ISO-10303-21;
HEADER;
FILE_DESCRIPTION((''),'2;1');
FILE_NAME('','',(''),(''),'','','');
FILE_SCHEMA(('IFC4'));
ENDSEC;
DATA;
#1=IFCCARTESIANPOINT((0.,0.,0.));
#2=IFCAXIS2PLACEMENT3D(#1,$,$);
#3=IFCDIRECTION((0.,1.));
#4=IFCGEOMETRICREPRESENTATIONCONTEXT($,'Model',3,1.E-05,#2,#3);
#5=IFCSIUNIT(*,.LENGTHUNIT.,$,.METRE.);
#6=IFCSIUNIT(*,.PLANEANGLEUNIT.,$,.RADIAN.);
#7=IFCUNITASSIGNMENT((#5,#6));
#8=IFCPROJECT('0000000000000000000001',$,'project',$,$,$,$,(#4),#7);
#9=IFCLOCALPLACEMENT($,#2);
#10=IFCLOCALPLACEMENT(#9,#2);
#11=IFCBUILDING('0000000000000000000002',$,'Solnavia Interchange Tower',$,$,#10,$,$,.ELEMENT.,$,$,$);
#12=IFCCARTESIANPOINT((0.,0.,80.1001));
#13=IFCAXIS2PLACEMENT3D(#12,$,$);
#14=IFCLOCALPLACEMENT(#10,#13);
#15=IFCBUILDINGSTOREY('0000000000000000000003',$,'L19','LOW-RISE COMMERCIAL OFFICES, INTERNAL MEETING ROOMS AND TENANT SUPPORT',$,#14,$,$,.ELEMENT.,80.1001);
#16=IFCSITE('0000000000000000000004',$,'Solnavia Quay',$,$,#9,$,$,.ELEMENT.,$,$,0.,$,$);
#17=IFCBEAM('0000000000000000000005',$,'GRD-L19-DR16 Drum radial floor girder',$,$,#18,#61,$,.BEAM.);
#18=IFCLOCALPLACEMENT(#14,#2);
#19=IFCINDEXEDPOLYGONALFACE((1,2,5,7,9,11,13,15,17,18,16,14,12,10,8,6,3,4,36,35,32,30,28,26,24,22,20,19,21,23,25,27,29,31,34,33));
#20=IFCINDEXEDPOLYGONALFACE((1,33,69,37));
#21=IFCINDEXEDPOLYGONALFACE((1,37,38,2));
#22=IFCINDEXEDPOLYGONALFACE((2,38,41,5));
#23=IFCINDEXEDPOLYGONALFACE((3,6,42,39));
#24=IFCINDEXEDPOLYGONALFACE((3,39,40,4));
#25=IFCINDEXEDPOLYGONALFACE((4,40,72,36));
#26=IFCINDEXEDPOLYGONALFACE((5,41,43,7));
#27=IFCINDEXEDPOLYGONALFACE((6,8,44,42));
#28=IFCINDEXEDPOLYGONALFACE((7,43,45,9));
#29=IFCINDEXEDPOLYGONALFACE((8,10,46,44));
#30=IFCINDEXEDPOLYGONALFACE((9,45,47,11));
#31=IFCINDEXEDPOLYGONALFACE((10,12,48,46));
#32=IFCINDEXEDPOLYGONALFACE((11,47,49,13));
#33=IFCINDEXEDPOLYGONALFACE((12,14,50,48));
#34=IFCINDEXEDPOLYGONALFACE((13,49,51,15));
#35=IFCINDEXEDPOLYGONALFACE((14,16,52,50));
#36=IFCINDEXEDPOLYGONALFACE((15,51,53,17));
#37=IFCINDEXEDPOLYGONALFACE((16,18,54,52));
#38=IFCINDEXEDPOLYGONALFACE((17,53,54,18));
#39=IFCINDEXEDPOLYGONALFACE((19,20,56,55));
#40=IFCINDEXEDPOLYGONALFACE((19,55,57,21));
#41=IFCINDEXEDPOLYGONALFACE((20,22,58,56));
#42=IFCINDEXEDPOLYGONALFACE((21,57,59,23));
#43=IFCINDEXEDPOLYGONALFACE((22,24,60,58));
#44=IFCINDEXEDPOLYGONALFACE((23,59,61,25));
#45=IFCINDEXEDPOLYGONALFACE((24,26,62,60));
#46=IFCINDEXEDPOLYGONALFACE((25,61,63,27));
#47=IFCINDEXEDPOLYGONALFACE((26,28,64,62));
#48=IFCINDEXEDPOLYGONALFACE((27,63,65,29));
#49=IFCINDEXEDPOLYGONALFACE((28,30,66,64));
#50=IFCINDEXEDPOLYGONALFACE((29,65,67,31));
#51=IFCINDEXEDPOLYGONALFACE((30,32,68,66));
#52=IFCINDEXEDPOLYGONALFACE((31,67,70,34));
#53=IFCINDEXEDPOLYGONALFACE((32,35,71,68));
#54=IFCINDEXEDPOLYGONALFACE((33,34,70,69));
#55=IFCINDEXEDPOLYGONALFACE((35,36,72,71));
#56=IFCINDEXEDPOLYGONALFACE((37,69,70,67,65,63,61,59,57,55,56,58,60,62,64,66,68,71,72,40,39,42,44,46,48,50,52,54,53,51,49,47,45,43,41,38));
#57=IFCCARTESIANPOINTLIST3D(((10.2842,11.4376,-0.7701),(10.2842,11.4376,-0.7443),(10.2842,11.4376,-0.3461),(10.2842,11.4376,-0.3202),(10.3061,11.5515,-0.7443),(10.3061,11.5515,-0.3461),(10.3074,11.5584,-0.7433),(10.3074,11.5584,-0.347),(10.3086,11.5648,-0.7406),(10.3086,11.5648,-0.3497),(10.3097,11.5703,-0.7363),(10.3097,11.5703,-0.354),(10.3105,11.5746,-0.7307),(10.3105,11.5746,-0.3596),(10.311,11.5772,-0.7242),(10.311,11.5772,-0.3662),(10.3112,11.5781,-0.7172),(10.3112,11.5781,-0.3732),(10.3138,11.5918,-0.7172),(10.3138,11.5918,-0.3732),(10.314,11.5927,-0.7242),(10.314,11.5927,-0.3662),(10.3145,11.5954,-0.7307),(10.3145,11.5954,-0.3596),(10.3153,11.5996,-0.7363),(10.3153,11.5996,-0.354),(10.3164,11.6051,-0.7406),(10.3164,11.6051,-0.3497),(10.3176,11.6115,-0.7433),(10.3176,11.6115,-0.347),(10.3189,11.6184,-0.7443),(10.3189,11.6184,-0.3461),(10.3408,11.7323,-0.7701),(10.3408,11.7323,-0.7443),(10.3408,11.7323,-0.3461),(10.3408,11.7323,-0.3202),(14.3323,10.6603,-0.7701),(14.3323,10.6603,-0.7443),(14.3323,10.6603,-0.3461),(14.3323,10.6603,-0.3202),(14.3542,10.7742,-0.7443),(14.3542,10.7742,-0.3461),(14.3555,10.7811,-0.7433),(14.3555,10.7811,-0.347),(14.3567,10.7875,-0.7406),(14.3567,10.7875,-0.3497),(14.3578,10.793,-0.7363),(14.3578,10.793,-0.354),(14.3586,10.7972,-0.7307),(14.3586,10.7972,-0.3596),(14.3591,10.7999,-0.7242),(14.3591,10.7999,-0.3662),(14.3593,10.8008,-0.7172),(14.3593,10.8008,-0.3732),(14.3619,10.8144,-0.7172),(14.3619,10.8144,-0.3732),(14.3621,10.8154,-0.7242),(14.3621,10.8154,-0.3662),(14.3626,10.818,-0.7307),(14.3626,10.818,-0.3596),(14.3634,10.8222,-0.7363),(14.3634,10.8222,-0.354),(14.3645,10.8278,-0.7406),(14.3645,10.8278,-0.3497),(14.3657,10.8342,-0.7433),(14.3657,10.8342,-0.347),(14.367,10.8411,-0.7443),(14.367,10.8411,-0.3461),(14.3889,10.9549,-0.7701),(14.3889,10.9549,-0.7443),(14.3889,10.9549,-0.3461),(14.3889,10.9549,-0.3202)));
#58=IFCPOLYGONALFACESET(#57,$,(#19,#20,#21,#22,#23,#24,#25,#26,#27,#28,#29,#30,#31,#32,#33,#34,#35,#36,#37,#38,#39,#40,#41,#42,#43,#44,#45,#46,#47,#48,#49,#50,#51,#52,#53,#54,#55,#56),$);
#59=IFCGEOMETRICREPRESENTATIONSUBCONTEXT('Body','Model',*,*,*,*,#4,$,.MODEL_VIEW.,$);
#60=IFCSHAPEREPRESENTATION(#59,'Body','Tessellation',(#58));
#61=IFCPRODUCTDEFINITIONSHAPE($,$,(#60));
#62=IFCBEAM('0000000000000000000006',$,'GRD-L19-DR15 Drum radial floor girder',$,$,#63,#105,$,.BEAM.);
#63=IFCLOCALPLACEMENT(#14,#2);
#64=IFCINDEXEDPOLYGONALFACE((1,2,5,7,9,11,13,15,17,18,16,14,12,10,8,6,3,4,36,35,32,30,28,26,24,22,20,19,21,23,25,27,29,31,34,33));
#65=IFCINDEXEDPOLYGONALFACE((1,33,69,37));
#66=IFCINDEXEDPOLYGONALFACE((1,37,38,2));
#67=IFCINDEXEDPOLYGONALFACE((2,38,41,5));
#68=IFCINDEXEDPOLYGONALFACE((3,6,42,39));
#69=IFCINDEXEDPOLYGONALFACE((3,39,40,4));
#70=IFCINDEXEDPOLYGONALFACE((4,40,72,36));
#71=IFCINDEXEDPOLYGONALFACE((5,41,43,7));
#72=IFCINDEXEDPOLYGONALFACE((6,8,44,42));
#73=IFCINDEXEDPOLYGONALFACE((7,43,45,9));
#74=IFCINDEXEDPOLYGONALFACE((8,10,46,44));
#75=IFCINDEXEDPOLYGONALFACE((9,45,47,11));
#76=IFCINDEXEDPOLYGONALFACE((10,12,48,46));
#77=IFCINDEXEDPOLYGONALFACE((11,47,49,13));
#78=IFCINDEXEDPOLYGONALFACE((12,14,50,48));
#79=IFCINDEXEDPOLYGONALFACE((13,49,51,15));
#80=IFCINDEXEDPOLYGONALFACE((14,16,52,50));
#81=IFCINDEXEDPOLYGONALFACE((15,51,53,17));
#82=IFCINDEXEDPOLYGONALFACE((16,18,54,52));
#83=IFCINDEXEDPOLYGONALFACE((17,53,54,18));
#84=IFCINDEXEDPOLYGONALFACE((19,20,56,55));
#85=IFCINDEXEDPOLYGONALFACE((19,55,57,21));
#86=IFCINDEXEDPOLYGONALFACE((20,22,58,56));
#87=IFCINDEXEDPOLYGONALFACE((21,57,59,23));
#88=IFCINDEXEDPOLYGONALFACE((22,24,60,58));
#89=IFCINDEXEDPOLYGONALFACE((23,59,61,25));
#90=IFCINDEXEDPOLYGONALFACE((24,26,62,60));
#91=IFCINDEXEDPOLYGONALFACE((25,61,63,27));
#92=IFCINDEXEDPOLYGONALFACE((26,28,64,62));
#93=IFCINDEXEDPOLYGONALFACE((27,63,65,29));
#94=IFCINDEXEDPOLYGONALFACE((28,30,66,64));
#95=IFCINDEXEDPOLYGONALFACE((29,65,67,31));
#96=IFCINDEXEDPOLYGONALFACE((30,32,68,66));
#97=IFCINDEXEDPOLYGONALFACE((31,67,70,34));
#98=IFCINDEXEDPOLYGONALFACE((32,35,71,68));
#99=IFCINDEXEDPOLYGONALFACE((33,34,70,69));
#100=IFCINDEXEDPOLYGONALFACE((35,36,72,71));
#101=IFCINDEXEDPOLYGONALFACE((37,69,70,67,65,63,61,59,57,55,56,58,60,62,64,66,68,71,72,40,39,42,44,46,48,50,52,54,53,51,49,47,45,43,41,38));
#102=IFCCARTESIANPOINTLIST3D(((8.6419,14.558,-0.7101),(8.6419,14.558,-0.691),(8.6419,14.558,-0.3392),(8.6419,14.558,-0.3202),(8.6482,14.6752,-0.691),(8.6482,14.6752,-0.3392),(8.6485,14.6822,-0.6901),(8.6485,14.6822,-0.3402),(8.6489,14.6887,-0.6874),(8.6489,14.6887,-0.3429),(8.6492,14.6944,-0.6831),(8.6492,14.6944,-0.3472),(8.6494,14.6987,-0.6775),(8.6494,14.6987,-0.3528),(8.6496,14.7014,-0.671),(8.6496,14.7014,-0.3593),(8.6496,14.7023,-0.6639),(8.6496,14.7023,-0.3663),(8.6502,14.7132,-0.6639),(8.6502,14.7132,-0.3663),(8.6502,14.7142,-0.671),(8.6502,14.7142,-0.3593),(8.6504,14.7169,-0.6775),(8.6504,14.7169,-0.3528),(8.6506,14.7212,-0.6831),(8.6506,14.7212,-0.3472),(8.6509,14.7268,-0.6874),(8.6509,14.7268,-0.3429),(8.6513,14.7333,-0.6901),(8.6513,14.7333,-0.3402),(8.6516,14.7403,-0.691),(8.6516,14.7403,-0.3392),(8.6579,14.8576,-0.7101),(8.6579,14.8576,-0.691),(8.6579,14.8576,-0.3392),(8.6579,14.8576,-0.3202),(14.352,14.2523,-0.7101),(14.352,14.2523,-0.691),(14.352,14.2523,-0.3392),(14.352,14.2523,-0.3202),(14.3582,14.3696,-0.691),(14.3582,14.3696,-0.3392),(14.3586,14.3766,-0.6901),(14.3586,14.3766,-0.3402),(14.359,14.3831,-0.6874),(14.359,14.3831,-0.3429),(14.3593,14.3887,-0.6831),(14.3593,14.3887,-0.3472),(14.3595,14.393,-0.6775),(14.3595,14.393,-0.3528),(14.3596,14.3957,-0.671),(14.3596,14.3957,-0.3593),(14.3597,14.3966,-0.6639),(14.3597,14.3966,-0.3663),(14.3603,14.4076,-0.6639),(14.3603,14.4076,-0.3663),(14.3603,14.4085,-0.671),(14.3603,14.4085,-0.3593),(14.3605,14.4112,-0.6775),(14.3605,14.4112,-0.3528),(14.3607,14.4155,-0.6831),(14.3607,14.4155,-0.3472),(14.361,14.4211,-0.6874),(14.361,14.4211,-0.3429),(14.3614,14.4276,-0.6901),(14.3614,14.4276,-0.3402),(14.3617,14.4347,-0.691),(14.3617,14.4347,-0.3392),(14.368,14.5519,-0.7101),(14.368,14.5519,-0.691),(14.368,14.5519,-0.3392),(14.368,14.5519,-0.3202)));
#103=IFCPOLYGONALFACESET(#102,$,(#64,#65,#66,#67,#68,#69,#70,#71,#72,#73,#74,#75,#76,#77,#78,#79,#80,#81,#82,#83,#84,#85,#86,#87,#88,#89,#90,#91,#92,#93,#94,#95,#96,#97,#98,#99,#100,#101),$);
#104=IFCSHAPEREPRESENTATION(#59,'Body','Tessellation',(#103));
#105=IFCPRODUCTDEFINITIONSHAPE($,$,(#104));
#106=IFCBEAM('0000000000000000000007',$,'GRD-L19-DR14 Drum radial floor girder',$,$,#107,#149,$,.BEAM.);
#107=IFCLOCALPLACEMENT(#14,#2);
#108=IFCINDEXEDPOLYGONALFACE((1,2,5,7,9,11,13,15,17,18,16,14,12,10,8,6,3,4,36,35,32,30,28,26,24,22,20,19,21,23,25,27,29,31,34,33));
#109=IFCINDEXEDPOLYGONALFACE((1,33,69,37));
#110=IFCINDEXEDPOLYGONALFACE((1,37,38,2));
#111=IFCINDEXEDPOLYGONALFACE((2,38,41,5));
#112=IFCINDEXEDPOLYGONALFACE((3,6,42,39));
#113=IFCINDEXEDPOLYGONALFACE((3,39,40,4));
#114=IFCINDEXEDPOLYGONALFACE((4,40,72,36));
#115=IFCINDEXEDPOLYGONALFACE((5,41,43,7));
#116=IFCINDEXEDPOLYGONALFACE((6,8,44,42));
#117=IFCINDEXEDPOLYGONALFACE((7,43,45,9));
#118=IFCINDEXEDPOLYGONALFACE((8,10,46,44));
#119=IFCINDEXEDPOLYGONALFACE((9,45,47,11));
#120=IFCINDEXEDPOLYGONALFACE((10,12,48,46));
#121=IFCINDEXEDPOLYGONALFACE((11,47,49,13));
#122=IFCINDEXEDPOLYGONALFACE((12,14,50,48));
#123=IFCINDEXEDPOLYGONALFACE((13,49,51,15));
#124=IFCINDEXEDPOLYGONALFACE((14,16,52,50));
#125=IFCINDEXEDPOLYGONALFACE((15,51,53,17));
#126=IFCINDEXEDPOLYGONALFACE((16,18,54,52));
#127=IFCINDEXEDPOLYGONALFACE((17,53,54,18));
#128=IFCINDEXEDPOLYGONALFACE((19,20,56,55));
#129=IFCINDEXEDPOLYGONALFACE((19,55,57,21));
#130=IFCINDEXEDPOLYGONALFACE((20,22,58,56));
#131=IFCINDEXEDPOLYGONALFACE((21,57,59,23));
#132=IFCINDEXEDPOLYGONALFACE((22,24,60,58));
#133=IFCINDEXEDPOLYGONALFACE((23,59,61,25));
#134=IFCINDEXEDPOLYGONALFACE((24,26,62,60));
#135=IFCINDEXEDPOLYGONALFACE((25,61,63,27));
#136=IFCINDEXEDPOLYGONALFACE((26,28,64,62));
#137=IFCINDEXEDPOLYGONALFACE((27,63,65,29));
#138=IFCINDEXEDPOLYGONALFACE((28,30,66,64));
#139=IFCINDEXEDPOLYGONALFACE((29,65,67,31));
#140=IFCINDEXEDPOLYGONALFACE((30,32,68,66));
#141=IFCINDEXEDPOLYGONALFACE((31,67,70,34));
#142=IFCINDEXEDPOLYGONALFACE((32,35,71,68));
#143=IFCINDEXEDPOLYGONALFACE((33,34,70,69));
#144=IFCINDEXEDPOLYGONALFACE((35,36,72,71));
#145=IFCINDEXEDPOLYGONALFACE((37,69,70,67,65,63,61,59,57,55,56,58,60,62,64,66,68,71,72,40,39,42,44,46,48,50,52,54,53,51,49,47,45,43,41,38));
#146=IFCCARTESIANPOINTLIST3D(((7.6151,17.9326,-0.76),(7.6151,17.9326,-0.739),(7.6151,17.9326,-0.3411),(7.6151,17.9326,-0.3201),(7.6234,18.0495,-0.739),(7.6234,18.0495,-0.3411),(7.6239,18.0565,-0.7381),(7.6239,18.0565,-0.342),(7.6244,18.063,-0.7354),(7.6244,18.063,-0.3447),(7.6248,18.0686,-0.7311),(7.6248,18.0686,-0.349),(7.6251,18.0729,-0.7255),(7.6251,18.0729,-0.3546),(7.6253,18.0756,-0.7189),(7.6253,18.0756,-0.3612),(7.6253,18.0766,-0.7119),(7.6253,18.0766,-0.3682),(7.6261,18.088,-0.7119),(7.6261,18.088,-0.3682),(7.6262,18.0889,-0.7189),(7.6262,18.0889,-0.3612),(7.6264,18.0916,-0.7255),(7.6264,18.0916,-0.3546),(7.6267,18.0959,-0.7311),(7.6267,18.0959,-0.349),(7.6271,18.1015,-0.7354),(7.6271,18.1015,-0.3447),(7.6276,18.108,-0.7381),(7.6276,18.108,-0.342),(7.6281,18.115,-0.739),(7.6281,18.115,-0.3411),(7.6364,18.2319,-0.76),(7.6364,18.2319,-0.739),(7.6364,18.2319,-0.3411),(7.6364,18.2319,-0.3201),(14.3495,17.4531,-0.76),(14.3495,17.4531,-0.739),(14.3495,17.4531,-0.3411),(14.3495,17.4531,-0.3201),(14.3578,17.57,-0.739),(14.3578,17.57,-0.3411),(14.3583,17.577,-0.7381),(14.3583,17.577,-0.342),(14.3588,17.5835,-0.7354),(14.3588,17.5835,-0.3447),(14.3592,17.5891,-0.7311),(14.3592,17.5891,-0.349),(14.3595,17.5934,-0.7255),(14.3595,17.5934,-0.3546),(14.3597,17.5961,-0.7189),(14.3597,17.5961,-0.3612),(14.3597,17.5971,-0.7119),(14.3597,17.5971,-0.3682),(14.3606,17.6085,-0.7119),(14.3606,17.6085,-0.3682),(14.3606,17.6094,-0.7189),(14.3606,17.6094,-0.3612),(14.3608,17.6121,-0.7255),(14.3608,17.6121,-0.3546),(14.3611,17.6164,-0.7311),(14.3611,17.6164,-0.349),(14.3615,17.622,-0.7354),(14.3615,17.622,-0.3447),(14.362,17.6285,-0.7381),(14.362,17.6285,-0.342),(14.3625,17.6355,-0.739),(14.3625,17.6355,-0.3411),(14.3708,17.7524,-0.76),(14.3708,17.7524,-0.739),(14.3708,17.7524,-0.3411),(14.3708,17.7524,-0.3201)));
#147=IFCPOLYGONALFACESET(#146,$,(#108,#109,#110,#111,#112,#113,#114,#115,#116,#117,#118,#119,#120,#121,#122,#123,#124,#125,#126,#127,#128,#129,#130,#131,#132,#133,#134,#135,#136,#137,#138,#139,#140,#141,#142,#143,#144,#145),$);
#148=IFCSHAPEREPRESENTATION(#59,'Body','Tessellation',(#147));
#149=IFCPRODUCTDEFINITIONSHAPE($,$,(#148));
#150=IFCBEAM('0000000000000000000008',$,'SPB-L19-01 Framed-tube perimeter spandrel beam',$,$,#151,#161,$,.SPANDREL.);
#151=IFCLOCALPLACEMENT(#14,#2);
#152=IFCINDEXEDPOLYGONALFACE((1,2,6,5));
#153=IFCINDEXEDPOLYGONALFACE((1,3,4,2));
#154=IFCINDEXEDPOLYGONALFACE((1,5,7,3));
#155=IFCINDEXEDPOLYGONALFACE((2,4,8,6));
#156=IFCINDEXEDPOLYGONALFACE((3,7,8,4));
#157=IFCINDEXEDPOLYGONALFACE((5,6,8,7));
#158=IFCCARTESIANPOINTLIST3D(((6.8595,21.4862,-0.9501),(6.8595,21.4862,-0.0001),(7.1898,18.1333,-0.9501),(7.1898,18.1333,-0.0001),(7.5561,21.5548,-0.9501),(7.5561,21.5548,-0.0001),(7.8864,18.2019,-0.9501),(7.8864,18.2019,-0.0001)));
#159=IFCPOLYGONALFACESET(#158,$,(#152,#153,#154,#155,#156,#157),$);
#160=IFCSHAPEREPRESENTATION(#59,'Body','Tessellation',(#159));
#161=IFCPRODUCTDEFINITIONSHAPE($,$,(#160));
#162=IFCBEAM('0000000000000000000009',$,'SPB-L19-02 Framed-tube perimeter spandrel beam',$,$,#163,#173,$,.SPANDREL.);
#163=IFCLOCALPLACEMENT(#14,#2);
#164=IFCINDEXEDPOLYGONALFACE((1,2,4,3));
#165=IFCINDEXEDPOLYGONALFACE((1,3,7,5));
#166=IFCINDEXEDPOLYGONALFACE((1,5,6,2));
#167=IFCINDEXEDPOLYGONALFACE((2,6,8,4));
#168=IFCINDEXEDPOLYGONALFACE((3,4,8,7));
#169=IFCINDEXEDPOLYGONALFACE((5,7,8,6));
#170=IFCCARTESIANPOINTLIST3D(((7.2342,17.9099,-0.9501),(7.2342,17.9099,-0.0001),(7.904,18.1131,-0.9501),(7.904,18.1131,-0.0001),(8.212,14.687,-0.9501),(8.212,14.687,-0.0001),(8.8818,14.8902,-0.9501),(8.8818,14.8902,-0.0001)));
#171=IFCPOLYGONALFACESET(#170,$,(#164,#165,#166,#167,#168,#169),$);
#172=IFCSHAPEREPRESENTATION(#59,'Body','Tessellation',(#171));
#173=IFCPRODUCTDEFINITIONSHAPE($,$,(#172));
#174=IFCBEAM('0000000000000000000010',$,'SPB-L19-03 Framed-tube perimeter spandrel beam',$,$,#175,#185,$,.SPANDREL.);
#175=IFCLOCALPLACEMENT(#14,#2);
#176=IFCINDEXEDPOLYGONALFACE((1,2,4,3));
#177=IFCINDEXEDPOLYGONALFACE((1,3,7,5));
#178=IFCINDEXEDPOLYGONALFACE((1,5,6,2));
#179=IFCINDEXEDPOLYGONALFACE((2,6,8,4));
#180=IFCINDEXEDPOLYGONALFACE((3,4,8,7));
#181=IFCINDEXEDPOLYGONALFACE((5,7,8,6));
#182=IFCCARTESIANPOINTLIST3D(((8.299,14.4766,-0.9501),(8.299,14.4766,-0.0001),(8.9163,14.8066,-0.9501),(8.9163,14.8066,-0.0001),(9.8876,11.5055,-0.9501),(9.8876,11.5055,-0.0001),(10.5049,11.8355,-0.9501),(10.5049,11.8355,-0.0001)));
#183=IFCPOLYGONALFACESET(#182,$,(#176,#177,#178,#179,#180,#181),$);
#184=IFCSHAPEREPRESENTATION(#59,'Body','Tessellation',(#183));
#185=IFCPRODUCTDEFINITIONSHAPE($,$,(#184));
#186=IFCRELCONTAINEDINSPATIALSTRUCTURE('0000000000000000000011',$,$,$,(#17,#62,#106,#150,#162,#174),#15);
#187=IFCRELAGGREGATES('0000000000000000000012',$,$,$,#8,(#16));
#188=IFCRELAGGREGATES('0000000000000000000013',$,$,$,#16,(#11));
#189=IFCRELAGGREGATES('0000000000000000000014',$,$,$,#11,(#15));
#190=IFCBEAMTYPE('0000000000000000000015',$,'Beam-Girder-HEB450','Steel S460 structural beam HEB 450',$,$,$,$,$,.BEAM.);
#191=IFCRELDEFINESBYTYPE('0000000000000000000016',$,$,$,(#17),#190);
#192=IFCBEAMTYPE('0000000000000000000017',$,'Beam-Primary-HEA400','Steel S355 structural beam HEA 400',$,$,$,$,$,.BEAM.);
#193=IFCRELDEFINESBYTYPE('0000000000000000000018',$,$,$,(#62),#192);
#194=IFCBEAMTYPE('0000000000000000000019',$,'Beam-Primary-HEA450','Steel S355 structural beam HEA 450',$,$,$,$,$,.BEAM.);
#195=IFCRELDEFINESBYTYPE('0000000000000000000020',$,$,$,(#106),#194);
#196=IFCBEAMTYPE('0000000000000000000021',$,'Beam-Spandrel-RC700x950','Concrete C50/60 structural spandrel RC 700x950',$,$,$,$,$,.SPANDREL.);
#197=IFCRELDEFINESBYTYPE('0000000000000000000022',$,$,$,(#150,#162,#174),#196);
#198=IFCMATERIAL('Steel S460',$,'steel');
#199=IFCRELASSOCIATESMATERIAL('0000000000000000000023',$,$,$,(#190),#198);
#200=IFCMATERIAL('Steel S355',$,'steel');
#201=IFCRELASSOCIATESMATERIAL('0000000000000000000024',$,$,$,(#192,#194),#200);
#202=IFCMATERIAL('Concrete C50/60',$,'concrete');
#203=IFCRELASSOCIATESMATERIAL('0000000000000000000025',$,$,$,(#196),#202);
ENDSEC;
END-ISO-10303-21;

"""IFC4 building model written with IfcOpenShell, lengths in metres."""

from ifc_helpers import new_model, si_unit, direction, frame, origin, origin_2d, place, context, subcontext, project, spatial, rectangle, i_section, extrude, material, material_profile, profile_set, type_object, element, save


model = new_model("IFC4")

# Units and contexts
model_context = context("Model", 3, precision=1e-05, world=origin(), true_north=direction((0.0, 1.0)))
body_context = subcontext(model_context, "Body", "Model", "MODEL_VIEW")
ifc_project = project(units=[si_unit("LENGTHUNIT", "METRE"), si_unit("PLANEANGLEUNIT", "RADIAN")], contexts=[model_context])

# Site, building, storey
site_placement = place(None, origin())
site = spatial("IfcSite", under=ifc_project, at=site_placement, Name="Solnavia Quay", CompositionType="ELEMENT", RefElevation=0.0)
building_placement = place(site_placement, origin())
building = spatial("IfcBuilding", under=site, at=building_placement, Name="Solnavia Interchange Tower", CompositionType="ELEMENT")
storey_placement = place(building_placement, frame((0.0, 0.0, 80.1001)))
storey = spatial("IfcBuildingStorey", under=building, at=storey_placement, Name="L19", Description="LOW-RISE COMMERCIAL OFFICES, INTERNAL MEETING ROOMS AND TENANT SUPPORT", CompositionType="ELEMENT", Elevation=80.1001)

# Beams
ifc_material_1 = material(Name="Concrete C50/60", Category="concrete")
ifc_material_2 = material(Name="Steel S460", Category="steel")
ifc_material_profile_1 = material_profile(ifc_material_2, i_section(OverallWidth=0.3, OverallDepth=0.45, WebThickness=0.0139, FlangeThickness=0.0259, FilletRadius=0.0271, at=origin_2d()), Name="HEB 450")
ifc_profile_set_1 = profile_set([ifc_material_profile_1], Name="Steel S460")
beam_type_1 = type_object("IfcBeamType", Name="Beam-Girder-HEB450", Description="Steel S460 structural beam HEB 450", PredefinedType="BEAM", material=ifc_profile_set_1)
beam_1_placement = place(storey_placement, frame((10.3125, 11.585, -0.5452), z_axis=(0.982058, -0.188582, 0.0), x_axis=(0.188582, 0.982058, 0.0)))
element("IfcBeam", 1, at=beam_1_placement, inside=storey, type_object=beam_type_1, Name="GRD-L19-DR16 Drum radial floor girder", PredefinedType="BEAM", context=body_context, shape_type="SweptSolid", body=[
    extrude(i_section(OverallWidth=0.3, OverallDepth=0.45, WebThickness=0.0139, FlangeThickness=0.0259, FilletRadius=0.0271, at=origin_2d()), origin(), (0.0, 0.0, 1.0), 4.1221),
])
ifc_material_3 = material(Name="Steel S355", Category="steel")
ifc_material_profile_2 = material_profile(ifc_material_3, i_section(OverallWidth=0.3, OverallDepth=0.3899, WebThickness=0.011, FlangeThickness=0.019, FilletRadius=0.0271, at=origin_2d()), Name="HEA 400")
ifc_profile_set_2 = profile_set([ifc_material_profile_2], Name="Steel S355")
beam_type_2 = type_object("IfcBeamType", Name="Beam-Primary-HEA400", Description="Steel S355 structural beam HEA 400", PredefinedType="BEAM", material=ifc_profile_set_2)
beam_2_placement = place(storey_placement, frame((8.6499, 14.7078, -0.5151), z_axis=(0.99857, -0.053453, 0.0), x_axis=(0.053453, 0.99857, 0.0)))
element("IfcBeam", 2, at=beam_2_placement, inside=storey, type_object=beam_type_2, Name="GRD-L19-DR15 Drum radial floor girder", PredefinedType="BEAM", context=body_context, shape_type="SweptSolid", body=[
    extrude(i_section(OverallWidth=0.3, OverallDepth=0.3899, WebThickness=0.011, FlangeThickness=0.019, FilletRadius=0.0271, at=origin_2d()), origin(), (0.0, 0.0, 1.0), 5.7183),
])
ifc_material_profile_3 = material_profile(ifc_material_3, i_section(OverallWidth=0.3, OverallDepth=0.4399, WebThickness=0.0115, FlangeThickness=0.021, FilletRadius=0.0271, at=origin_2d()), Name="HEA 450")
ifc_profile_set_3 = profile_set([ifc_material_profile_3], Name="Steel S355")
beam_type_3 = type_object("IfcBeamType", Name="Beam-Primary-HEA450", Description="Steel S355 structural beam HEA 450", PredefinedType="BEAM", material=ifc_profile_set_3)
beam_3_placement = place(storey_placement, frame((7.6257, 18.0823, -0.54), z_axis=(0.997475, -0.071021, 0.0), x_axis=(0.071021, 0.997475, 0.0)))
element("IfcBeam", 3, at=beam_3_placement, inside=storey, type_object=beam_type_3, Name="GRD-L19-DR14 Drum radial floor girder", PredefinedType="BEAM", context=body_context, shape_type="SweptSolid", body=[
    extrude(i_section(OverallWidth=0.3, OverallDepth=0.4399, WebThickness=0.0115, FlangeThickness=0.021, FilletRadius=0.0271, at=origin_2d()), origin(), (0.0, 0.0, 1.0), 6.7515),
])
ifc_material_profile_4 = material_profile(ifc_material_1, rectangle(XDim=0.7, YDim=0.95, at=origin_2d()), Name="RC 700x950")
ifc_profile_set_4 = profile_set([ifc_material_profile_4], Name="Concrete C50/60")
beam_type_4 = type_object("IfcBeamType", Name="Beam-Spandrel-RC700x950", Description="Concrete C50/60 structural spandrel RC 700x950", PredefinedType="SPANDREL", material=ifc_profile_set_4)
beam_4_placement = place(storey_placement, frame((7.2078, 21.5205, -0.4751), z_axis=(0.09804, -0.995182, 0.0), x_axis=(0.995182, 0.09804, 0.0)))
element("IfcBeam", 4, at=beam_4_placement, inside=storey, type_object=beam_type_4, Name="SPB-L19-01 Framed-tube perimeter spandrel beam", PredefinedType="SPANDREL", context=body_context, shape_type="SweptSolid", body=[
    extrude(rectangle(XDim=0.7, YDim=0.95, at=origin_2d()), origin(), (0.0, 0.0, 1.0), 3.3691),
])
beam_5_placement = place(storey_placement, frame((7.5691, 18.0115, -0.4751), z_axis=(0.290319, -0.95693, 0.0), x_axis=(0.95693, 0.290319, 0.0)))
element("IfcBeam", 5, at=beam_5_placement, inside=storey, type_object=beam_type_4, Name="SPB-L19-02 Framed-tube perimeter spandrel beam", PredefinedType="SPANDREL", context=body_context, shape_type="SweptSolid", body=[
    extrude(rectangle(XDim=0.7, YDim=0.95, at=origin_2d()), origin(), (0.0, 0.0, 1.0), 3.3679),
])
beam_6_placement = place(storey_placement, frame((8.6077, 14.6416, -0.4751), z_axis=(0.471509, -0.881861, 0.0), x_axis=(0.881861, 0.471509, 0.0)))
element("IfcBeam", 6, at=beam_6_placement, inside=storey, type_object=beam_type_4, Name="SPB-L19-03 Framed-tube perimeter spandrel beam", PredefinedType="SPANDREL", context=body_context, shape_type="SweptSolid", body=[
    extrude(rectangle(XDim=0.7, YDim=0.95, at=origin_2d()), origin(), (0.0, 0.0, 1.0), 3.3691),
])

save(model, "model.ifc")
